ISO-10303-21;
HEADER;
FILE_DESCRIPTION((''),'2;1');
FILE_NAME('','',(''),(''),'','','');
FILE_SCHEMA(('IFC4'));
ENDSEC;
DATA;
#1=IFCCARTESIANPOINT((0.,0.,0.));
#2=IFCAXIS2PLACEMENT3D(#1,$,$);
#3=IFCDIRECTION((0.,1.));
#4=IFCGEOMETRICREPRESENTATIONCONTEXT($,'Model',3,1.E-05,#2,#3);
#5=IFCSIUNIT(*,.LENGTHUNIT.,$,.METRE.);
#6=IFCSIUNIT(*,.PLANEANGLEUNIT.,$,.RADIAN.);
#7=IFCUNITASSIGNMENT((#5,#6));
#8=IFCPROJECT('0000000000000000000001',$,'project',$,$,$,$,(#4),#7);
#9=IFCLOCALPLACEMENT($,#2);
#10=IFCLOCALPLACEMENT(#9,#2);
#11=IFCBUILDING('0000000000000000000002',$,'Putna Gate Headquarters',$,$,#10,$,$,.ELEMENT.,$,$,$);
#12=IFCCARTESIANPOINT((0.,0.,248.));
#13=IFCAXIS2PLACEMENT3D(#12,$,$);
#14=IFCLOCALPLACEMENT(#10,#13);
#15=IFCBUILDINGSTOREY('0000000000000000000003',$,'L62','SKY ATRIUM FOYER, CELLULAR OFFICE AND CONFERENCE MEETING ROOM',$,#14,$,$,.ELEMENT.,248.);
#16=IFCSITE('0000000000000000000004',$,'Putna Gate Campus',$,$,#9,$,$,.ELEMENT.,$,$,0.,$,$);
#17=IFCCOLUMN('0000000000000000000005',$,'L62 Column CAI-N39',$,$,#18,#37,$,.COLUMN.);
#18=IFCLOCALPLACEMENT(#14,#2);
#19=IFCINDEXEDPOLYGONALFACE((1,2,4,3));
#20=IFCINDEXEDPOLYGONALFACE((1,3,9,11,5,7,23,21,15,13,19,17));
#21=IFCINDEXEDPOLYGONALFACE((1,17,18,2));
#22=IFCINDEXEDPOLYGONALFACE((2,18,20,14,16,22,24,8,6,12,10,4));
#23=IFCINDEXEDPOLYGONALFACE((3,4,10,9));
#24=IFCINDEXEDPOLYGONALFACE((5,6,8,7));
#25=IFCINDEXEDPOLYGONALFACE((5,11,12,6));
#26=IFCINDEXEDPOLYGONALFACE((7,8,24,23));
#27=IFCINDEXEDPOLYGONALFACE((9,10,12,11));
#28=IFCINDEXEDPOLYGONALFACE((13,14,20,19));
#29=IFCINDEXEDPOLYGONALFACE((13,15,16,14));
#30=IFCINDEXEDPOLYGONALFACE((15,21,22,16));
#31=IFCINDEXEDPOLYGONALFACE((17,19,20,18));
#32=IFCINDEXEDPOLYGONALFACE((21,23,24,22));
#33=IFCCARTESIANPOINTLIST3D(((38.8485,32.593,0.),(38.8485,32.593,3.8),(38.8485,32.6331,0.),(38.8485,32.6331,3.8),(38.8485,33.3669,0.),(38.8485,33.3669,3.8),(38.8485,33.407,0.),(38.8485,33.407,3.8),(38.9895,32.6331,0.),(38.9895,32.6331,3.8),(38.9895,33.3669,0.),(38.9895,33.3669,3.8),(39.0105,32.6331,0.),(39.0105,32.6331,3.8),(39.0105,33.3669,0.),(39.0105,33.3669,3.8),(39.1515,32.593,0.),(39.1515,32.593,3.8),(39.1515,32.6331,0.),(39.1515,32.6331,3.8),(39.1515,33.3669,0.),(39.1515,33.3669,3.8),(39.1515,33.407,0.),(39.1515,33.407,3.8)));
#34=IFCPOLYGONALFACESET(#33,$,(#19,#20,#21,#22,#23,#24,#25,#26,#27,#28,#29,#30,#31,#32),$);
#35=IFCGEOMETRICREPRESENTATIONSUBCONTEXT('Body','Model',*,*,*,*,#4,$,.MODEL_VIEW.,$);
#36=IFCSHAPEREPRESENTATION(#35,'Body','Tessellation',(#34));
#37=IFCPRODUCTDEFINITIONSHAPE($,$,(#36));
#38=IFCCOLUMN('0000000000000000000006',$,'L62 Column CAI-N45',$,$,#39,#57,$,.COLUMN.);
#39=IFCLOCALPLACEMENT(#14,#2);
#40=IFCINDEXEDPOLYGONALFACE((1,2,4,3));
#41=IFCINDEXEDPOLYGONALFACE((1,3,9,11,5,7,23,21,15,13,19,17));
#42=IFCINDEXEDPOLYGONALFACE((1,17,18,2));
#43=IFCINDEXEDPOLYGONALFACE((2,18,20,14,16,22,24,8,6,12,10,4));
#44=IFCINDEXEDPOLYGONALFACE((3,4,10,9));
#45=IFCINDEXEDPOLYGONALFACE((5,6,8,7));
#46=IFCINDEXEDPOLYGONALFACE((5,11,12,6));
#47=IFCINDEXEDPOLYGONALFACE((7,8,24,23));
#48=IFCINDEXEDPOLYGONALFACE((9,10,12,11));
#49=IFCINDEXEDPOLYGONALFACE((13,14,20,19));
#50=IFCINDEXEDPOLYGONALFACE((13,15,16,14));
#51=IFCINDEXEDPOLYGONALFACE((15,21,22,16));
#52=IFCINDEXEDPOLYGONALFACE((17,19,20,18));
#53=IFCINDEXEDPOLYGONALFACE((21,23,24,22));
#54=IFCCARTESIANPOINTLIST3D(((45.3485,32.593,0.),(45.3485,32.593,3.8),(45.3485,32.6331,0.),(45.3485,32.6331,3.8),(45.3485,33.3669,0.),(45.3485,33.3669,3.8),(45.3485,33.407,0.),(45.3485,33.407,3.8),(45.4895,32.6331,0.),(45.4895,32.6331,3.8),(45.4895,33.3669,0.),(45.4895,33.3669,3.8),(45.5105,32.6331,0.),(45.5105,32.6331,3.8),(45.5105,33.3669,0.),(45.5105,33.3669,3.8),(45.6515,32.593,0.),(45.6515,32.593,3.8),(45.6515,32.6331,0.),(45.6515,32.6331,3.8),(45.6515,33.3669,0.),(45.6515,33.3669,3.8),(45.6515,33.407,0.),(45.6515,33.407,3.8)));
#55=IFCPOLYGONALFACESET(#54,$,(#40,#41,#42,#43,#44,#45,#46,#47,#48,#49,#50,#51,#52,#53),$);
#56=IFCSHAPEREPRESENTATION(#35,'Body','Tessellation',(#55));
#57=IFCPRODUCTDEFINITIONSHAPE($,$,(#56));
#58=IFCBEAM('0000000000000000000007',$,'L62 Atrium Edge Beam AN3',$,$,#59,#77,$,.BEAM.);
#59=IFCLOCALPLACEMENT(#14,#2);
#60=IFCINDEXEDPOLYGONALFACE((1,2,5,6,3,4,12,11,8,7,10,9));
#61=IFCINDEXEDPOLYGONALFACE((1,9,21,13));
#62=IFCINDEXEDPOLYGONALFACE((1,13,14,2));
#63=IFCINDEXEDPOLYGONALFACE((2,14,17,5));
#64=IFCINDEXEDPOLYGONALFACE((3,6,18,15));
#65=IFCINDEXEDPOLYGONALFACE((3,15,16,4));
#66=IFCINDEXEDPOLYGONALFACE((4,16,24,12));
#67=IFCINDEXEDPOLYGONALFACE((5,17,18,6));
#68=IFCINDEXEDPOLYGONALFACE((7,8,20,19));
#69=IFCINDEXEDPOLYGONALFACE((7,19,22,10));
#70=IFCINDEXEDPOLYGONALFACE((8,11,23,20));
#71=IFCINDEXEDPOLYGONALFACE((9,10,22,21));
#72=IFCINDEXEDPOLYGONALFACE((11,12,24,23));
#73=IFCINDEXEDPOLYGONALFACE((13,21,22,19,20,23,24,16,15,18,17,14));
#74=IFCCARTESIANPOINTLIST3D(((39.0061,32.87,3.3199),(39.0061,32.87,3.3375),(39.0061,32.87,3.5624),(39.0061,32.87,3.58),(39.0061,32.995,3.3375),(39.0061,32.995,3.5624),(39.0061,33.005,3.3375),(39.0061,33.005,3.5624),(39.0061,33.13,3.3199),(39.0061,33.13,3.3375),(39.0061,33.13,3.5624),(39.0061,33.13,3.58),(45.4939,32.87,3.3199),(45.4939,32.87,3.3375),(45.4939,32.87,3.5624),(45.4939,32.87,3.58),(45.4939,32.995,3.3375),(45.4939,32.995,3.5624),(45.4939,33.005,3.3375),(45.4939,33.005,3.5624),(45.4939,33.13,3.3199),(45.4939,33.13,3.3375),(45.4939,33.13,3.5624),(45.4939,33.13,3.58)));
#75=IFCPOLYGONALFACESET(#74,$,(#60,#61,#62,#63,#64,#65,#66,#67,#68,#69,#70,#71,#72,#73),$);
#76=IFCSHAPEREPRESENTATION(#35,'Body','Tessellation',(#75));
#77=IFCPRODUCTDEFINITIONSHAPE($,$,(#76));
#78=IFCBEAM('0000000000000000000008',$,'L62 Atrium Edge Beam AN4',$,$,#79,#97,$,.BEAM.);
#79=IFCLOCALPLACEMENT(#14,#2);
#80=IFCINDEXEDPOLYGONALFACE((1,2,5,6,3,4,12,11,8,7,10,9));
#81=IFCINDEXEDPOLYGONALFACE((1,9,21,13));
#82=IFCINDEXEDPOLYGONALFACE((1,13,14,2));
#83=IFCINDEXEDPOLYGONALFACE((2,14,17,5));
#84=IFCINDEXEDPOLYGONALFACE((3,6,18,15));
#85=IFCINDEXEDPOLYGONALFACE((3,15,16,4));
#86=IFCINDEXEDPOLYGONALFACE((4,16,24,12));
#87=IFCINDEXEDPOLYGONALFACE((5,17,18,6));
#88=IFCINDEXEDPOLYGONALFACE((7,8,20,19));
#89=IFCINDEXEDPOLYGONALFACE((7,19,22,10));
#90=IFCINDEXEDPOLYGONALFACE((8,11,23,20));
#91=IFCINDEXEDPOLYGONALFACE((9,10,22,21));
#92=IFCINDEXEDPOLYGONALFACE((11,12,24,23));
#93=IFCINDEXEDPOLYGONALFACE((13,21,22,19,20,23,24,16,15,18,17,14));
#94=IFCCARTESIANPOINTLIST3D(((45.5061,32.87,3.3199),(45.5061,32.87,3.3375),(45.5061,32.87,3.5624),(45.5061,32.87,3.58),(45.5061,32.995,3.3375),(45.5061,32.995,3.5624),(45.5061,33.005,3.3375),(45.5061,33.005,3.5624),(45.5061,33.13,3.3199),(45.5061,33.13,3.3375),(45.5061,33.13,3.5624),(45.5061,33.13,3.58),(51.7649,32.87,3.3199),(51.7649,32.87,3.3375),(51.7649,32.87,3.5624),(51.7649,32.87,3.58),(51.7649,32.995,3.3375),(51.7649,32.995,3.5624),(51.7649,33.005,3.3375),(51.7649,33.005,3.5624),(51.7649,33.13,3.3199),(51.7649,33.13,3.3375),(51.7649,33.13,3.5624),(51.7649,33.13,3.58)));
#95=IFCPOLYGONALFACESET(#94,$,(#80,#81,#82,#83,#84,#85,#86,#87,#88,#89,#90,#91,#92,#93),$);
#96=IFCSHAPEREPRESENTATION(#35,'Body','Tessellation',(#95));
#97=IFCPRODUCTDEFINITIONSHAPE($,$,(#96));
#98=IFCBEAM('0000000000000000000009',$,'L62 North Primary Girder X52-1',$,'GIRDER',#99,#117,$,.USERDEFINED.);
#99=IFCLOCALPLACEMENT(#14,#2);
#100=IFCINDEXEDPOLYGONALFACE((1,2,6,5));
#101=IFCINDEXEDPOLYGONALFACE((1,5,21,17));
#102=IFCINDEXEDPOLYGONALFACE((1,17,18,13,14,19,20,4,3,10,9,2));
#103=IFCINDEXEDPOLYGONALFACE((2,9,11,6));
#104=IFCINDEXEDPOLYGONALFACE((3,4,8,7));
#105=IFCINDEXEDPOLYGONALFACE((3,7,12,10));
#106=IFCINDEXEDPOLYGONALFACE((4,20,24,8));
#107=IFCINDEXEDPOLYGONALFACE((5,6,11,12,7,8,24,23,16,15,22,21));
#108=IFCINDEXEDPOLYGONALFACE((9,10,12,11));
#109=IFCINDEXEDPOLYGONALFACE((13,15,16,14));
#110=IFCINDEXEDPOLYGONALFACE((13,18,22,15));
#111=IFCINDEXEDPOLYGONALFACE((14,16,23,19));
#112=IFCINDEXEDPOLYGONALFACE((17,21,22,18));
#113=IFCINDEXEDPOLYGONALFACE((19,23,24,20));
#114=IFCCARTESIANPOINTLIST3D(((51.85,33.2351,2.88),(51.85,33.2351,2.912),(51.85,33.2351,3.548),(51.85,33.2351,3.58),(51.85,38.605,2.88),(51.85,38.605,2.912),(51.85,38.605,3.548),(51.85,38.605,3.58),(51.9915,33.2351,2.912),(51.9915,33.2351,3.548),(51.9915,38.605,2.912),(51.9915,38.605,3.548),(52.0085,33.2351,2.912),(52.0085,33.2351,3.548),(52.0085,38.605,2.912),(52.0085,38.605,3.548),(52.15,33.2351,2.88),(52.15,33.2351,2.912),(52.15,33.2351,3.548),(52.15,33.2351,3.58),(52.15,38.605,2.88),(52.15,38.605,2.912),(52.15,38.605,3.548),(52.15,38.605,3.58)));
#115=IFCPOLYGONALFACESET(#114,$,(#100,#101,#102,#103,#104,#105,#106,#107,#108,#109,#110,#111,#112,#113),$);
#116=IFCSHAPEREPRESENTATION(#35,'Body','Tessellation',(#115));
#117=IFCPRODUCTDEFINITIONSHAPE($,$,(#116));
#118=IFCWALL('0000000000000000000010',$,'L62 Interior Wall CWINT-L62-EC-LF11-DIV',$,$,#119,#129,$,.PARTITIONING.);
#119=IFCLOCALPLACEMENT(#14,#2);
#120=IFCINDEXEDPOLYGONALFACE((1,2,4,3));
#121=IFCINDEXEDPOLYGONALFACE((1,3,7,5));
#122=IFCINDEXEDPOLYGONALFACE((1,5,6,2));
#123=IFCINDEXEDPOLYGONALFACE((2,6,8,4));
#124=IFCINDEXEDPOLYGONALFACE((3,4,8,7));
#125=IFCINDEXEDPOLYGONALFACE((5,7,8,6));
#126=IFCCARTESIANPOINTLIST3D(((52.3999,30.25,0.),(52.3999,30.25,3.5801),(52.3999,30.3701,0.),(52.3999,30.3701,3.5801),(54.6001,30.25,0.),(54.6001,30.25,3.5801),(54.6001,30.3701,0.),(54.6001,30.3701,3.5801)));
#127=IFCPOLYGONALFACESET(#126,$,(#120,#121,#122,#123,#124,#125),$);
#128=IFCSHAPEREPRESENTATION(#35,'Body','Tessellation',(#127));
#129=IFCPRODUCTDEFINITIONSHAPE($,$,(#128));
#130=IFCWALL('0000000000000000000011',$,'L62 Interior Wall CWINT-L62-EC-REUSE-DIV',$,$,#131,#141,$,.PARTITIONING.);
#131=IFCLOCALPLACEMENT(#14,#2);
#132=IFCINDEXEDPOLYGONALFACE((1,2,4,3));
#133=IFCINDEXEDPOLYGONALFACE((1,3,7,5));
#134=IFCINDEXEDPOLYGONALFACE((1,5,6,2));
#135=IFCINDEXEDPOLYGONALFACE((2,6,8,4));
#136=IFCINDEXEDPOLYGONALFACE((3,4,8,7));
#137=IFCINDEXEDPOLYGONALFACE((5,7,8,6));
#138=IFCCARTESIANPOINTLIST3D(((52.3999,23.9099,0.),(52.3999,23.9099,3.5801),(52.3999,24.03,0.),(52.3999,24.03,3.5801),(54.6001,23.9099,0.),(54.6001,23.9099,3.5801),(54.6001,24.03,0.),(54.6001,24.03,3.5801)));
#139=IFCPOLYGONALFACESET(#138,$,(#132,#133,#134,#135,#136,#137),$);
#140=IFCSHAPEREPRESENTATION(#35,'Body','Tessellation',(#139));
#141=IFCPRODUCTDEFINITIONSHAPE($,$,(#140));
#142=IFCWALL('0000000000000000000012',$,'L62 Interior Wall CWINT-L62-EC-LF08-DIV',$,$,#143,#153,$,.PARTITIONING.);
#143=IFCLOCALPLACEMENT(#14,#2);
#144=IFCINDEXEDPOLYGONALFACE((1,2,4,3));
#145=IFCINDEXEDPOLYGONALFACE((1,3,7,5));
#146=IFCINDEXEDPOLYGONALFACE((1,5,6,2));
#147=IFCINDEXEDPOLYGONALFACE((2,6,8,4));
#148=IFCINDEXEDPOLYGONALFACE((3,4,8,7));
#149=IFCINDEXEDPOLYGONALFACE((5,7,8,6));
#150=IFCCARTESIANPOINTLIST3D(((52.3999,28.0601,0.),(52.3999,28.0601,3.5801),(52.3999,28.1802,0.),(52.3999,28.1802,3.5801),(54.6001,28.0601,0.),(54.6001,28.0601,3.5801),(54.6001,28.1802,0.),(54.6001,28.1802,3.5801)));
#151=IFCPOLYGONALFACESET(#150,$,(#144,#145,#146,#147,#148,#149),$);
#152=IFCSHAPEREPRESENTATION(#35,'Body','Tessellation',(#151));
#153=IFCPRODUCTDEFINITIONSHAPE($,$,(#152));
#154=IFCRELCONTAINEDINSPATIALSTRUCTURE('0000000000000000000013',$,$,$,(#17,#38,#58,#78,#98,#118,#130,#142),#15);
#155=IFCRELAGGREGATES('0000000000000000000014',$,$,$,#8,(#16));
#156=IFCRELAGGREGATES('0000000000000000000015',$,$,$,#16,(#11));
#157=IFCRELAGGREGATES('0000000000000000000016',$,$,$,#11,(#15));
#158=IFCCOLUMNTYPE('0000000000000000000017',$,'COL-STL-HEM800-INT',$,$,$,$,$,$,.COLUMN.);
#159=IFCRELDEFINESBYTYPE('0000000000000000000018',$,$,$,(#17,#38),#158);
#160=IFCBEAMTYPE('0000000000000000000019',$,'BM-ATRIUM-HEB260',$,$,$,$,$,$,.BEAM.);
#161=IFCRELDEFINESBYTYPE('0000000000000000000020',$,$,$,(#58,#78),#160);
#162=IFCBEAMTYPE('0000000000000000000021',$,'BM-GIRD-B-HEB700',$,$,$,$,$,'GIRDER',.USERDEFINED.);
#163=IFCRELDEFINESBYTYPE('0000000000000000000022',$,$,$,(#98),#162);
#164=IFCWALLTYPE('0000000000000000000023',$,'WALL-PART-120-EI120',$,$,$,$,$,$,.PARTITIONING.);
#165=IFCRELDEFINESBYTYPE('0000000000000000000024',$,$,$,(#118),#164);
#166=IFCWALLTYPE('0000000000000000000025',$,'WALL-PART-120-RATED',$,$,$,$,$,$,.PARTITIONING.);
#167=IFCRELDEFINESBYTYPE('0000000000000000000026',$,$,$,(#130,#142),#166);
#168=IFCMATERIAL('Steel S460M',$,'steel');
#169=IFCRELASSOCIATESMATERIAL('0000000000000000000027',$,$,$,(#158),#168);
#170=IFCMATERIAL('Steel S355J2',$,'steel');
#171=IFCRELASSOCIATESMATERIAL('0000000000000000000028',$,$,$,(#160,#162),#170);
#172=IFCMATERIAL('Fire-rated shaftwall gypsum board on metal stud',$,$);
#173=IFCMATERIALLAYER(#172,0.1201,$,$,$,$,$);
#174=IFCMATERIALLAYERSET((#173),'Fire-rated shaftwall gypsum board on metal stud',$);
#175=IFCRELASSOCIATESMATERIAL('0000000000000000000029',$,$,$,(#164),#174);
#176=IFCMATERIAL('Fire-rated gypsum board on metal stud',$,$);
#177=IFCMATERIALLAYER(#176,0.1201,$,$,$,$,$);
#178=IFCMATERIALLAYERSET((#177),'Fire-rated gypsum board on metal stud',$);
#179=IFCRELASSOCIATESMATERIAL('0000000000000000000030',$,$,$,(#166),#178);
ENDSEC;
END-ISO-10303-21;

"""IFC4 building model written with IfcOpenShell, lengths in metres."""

from ifc_helpers import new_model, si_unit, direction, frame, frame_2d, origin, origin_2d, place, context, subcontext, project, spatial, rectangle, i_section, extrude, material, layer, layer_set, material_profile, profile_set, type_object, element, save


model = new_model("IFC4")

# Units and contexts
model_context = context("Model", 3, precision=1e-05, world=origin(), true_north=direction((0.0, 1.0)))
body_context = subcontext(model_context, "Body", "Model", "MODEL_VIEW")
ifc_project = project(units=[si_unit("LENGTHUNIT", "METRE"), si_unit("PLANEANGLEUNIT", "RADIAN")], contexts=[model_context])

# Site, building, storey
site_placement = place(None, origin())
site = spatial("IfcSite", under=ifc_project, at=site_placement, Name="Putna Gate Campus", CompositionType="ELEMENT", RefElevation=0.0)
building_placement = place(site_placement, origin())
building = spatial("IfcBuilding", under=site, at=building_placement, Name="Putna Gate Headquarters", CompositionType="ELEMENT")
storey_placement = place(building_placement, frame((0.0, 0.0, 248.0)))
storey = spatial("IfcBuildingStorey", under=building, at=storey_placement, Name="L62", Description="SKY ATRIUM FOYER, CELLULAR OFFICE AND CONFERENCE MEETING ROOM", CompositionType="ELEMENT", Elevation=248.0)

# Columns
ifc_material_1 = material(Name="Steel S460M", Category="steel")
ifc_material_profile_1 = material_profile(ifc_material_1, i_section(OverallWidth=0.303, OverallDepth=0.814, WebThickness=0.021, FlangeThickness=0.04, at=origin_2d()), Name="Steel S460M")
ifc_profile_set_1 = profile_set([ifc_material_profile_1], Name="Steel S460M")
column_type = type_object("IfcColumnType", Name="COL-STL-HEM800-INT", PredefinedType="COLUMN", material=ifc_profile_set_1)
for number, where, z_axis, x_axis, name in (
    (1, (39.0, 33.0, 0.0), (0.0, 0.0, 1.0), (1.0, 0.0, 0.0), "L62 Column CAI-N39"),
    (2, (45.5, 33.0, 0.0), (0.0, 0.0, 1.0), (1.0, 0.0, 0.0), "L62 Column CAI-N45"),
):
    element("IfcColumn", number, at=place(storey_placement, frame(where, z_axis=z_axis, x_axis=x_axis)), inside=storey, type_object=column_type, Name=name, PredefinedType="COLUMN", context=body_context, shape_type="SweptSolid", body=[
        extrude(i_section(OverallWidth=0.303, OverallDepth=0.814, WebThickness=0.021, FlangeThickness=0.04, at=origin_2d()), origin(), (0.0, 0.0, 1.0), 3.8),
    ])

# Beams
ifc_material_2 = material(Name="Steel S355J2", Category="steel")
ifc_material_profile_2 = material_profile(ifc_material_2, i_section(OverallWidth=0.26, OverallDepth=0.26, WebThickness=0.01, FlangeThickness=0.0176, at=origin_2d()), Name="Steel S355J2")
ifc_profile_set_2 = profile_set([ifc_material_profile_2], Name="Steel S355J2")
beam_type_1 = type_object("IfcBeamType", Name="BM-ATRIUM-HEB260", PredefinedType="BEAM", material=ifc_profile_set_2)
beam_1_placement = place(storey_placement, frame((39.0061, 33.0, 3.45), z_axis=(1.0, 0.0, 0.0), x_axis=(0.0, 1.0, 0.0)))
element("IfcBeam", 3, at=beam_1_placement, inside=storey, type_object=beam_type_1, Name="L62 Atrium Edge Beam AN3", PredefinedType="BEAM", context=body_context, shape_type="SweptSolid", body=[
    extrude(i_section(OverallWidth=0.26, OverallDepth=0.26, WebThickness=0.01, FlangeThickness=0.0176, at=origin_2d()), origin(), (0.0, 0.0, 1.0), 6.4878),
])
beam_2_placement = place(storey_placement, frame((45.5061, 33.0, 3.45), z_axis=(1.0, 0.0, 0.0), x_axis=(0.0, 1.0, 0.0)))
element("IfcBeam", 4, at=beam_2_placement, inside=storey, type_object=beam_type_1, Name="L62 Atrium Edge Beam AN4", PredefinedType="BEAM", context=body_context, shape_type="SweptSolid", body=[
    extrude(i_section(OverallWidth=0.26, OverallDepth=0.26, WebThickness=0.01, FlangeThickness=0.0176, at=origin_2d()), origin(), (0.0, 0.0, 1.0), 6.2588),
])
ifc_material_profile_3 = material_profile(ifc_material_2, i_section(OverallWidth=0.3, OverallDepth=0.7, WebThickness=0.0171, FlangeThickness=0.032, at=origin_2d()), Name="Steel S355J2")
ifc_profile_set_3 = profile_set([ifc_material_profile_3], Name="Steel S355J2")
beam_type_2 = type_object("IfcBeamType", Name="BM-GIRD-B-HEB700", ElementType="GIRDER", PredefinedType="USERDEFINED", material=ifc_profile_set_3)
beam_3_placement = place(storey_placement, frame((52.0, 33.2351, 3.23), z_axis=(0.0, 1.0, 0.0), x_axis=(-1.0, 0.0, 0.0)))
element("IfcBeam", 5, at=beam_3_placement, inside=storey, type_object=beam_type_2, Name="L62 North Primary Girder X52-1", ObjectType="GIRDER", PredefinedType="USERDEFINED", context=body_context, shape_type="SweptSolid", body=[
    extrude(i_section(OverallWidth=0.3, OverallDepth=0.7, WebThickness=0.0171, FlangeThickness=0.032, at=origin_2d()), origin(), (0.0, 0.0, 1.0), 5.3699),
])

# Walls
ifc_material_3 = material(Name="Fire-rated shaftwall gypsum board on metal stud")
ifc_layer_1 = layer(ifc_material_3, 0.1201)
ifc_layer_set_1 = layer_set([ifc_layer_1], Name="Fire-rated shaftwall gypsum board on metal stud")
wall_type_1 = type_object("IfcWallType", Name="WALL-PART-120-EI120", PredefinedType="PARTITIONING", material=ifc_layer_set_1)
wall_1_placement = place(storey_placement, frame((52.3999, 30.3101, 0.0), z_axis=(0.0, 0.0, 1.0), x_axis=(1.0, 0.0, 0.0)))
element("IfcWall", 6, at=wall_1_placement, inside=storey, type_object=wall_type_1, Name="L62 Interior Wall CWINT-L62-EC-LF11-DIV", PredefinedType="PARTITIONING", context=body_context, shape_type="SweptSolid", body=[
    extrude(rectangle(XDim=2.2002, YDim=0.1201, at=frame_2d((1.1001, 0.0))), origin(), (0.0, 0.0, 1.0), 3.5801),
])
ifc_material_4 = material(Name="Fire-rated gypsum board on metal stud")
ifc_layer_2 = layer(ifc_material_4, 0.1201)
ifc_layer_set_2 = layer_set([ifc_layer_2], Name="Fire-rated gypsum board on metal stud")
wall_type_2 = type_object("IfcWallType", Name="WALL-PART-120-RATED", PredefinedType="PARTITIONING", material=ifc_layer_set_2)
for number, where, z_axis, x_axis, name in (
    (7, (52.3999, 23.97, 0.0), (0.0, 0.0, 1.0), (1.0, 0.0, 0.0), "L62 Interior Wall CWINT-L62-EC-REUSE-DIV"),
    (8, (52.3999, 28.1201, 0.0), (0.0, 0.0, 1.0), (1.0, 0.0, 0.0), "L62 Interior Wall CWINT-L62-EC-LF08-DIV"),
):
    element("IfcWall", number, at=place(storey_placement, frame(where, z_axis=z_axis, x_axis=x_axis)), inside=storey, type_object=wall_type_2, Name=name, PredefinedType="PARTITIONING", context=body_context, shape_type="SweptSolid", body=[
        extrude(rectangle(XDim=2.2002, YDim=0.1201, at=frame_2d((1.1001, 0.0))), origin(), (0.0, 0.0, 1.0), 3.5801),
    ])

save(model, "model.ifc")
